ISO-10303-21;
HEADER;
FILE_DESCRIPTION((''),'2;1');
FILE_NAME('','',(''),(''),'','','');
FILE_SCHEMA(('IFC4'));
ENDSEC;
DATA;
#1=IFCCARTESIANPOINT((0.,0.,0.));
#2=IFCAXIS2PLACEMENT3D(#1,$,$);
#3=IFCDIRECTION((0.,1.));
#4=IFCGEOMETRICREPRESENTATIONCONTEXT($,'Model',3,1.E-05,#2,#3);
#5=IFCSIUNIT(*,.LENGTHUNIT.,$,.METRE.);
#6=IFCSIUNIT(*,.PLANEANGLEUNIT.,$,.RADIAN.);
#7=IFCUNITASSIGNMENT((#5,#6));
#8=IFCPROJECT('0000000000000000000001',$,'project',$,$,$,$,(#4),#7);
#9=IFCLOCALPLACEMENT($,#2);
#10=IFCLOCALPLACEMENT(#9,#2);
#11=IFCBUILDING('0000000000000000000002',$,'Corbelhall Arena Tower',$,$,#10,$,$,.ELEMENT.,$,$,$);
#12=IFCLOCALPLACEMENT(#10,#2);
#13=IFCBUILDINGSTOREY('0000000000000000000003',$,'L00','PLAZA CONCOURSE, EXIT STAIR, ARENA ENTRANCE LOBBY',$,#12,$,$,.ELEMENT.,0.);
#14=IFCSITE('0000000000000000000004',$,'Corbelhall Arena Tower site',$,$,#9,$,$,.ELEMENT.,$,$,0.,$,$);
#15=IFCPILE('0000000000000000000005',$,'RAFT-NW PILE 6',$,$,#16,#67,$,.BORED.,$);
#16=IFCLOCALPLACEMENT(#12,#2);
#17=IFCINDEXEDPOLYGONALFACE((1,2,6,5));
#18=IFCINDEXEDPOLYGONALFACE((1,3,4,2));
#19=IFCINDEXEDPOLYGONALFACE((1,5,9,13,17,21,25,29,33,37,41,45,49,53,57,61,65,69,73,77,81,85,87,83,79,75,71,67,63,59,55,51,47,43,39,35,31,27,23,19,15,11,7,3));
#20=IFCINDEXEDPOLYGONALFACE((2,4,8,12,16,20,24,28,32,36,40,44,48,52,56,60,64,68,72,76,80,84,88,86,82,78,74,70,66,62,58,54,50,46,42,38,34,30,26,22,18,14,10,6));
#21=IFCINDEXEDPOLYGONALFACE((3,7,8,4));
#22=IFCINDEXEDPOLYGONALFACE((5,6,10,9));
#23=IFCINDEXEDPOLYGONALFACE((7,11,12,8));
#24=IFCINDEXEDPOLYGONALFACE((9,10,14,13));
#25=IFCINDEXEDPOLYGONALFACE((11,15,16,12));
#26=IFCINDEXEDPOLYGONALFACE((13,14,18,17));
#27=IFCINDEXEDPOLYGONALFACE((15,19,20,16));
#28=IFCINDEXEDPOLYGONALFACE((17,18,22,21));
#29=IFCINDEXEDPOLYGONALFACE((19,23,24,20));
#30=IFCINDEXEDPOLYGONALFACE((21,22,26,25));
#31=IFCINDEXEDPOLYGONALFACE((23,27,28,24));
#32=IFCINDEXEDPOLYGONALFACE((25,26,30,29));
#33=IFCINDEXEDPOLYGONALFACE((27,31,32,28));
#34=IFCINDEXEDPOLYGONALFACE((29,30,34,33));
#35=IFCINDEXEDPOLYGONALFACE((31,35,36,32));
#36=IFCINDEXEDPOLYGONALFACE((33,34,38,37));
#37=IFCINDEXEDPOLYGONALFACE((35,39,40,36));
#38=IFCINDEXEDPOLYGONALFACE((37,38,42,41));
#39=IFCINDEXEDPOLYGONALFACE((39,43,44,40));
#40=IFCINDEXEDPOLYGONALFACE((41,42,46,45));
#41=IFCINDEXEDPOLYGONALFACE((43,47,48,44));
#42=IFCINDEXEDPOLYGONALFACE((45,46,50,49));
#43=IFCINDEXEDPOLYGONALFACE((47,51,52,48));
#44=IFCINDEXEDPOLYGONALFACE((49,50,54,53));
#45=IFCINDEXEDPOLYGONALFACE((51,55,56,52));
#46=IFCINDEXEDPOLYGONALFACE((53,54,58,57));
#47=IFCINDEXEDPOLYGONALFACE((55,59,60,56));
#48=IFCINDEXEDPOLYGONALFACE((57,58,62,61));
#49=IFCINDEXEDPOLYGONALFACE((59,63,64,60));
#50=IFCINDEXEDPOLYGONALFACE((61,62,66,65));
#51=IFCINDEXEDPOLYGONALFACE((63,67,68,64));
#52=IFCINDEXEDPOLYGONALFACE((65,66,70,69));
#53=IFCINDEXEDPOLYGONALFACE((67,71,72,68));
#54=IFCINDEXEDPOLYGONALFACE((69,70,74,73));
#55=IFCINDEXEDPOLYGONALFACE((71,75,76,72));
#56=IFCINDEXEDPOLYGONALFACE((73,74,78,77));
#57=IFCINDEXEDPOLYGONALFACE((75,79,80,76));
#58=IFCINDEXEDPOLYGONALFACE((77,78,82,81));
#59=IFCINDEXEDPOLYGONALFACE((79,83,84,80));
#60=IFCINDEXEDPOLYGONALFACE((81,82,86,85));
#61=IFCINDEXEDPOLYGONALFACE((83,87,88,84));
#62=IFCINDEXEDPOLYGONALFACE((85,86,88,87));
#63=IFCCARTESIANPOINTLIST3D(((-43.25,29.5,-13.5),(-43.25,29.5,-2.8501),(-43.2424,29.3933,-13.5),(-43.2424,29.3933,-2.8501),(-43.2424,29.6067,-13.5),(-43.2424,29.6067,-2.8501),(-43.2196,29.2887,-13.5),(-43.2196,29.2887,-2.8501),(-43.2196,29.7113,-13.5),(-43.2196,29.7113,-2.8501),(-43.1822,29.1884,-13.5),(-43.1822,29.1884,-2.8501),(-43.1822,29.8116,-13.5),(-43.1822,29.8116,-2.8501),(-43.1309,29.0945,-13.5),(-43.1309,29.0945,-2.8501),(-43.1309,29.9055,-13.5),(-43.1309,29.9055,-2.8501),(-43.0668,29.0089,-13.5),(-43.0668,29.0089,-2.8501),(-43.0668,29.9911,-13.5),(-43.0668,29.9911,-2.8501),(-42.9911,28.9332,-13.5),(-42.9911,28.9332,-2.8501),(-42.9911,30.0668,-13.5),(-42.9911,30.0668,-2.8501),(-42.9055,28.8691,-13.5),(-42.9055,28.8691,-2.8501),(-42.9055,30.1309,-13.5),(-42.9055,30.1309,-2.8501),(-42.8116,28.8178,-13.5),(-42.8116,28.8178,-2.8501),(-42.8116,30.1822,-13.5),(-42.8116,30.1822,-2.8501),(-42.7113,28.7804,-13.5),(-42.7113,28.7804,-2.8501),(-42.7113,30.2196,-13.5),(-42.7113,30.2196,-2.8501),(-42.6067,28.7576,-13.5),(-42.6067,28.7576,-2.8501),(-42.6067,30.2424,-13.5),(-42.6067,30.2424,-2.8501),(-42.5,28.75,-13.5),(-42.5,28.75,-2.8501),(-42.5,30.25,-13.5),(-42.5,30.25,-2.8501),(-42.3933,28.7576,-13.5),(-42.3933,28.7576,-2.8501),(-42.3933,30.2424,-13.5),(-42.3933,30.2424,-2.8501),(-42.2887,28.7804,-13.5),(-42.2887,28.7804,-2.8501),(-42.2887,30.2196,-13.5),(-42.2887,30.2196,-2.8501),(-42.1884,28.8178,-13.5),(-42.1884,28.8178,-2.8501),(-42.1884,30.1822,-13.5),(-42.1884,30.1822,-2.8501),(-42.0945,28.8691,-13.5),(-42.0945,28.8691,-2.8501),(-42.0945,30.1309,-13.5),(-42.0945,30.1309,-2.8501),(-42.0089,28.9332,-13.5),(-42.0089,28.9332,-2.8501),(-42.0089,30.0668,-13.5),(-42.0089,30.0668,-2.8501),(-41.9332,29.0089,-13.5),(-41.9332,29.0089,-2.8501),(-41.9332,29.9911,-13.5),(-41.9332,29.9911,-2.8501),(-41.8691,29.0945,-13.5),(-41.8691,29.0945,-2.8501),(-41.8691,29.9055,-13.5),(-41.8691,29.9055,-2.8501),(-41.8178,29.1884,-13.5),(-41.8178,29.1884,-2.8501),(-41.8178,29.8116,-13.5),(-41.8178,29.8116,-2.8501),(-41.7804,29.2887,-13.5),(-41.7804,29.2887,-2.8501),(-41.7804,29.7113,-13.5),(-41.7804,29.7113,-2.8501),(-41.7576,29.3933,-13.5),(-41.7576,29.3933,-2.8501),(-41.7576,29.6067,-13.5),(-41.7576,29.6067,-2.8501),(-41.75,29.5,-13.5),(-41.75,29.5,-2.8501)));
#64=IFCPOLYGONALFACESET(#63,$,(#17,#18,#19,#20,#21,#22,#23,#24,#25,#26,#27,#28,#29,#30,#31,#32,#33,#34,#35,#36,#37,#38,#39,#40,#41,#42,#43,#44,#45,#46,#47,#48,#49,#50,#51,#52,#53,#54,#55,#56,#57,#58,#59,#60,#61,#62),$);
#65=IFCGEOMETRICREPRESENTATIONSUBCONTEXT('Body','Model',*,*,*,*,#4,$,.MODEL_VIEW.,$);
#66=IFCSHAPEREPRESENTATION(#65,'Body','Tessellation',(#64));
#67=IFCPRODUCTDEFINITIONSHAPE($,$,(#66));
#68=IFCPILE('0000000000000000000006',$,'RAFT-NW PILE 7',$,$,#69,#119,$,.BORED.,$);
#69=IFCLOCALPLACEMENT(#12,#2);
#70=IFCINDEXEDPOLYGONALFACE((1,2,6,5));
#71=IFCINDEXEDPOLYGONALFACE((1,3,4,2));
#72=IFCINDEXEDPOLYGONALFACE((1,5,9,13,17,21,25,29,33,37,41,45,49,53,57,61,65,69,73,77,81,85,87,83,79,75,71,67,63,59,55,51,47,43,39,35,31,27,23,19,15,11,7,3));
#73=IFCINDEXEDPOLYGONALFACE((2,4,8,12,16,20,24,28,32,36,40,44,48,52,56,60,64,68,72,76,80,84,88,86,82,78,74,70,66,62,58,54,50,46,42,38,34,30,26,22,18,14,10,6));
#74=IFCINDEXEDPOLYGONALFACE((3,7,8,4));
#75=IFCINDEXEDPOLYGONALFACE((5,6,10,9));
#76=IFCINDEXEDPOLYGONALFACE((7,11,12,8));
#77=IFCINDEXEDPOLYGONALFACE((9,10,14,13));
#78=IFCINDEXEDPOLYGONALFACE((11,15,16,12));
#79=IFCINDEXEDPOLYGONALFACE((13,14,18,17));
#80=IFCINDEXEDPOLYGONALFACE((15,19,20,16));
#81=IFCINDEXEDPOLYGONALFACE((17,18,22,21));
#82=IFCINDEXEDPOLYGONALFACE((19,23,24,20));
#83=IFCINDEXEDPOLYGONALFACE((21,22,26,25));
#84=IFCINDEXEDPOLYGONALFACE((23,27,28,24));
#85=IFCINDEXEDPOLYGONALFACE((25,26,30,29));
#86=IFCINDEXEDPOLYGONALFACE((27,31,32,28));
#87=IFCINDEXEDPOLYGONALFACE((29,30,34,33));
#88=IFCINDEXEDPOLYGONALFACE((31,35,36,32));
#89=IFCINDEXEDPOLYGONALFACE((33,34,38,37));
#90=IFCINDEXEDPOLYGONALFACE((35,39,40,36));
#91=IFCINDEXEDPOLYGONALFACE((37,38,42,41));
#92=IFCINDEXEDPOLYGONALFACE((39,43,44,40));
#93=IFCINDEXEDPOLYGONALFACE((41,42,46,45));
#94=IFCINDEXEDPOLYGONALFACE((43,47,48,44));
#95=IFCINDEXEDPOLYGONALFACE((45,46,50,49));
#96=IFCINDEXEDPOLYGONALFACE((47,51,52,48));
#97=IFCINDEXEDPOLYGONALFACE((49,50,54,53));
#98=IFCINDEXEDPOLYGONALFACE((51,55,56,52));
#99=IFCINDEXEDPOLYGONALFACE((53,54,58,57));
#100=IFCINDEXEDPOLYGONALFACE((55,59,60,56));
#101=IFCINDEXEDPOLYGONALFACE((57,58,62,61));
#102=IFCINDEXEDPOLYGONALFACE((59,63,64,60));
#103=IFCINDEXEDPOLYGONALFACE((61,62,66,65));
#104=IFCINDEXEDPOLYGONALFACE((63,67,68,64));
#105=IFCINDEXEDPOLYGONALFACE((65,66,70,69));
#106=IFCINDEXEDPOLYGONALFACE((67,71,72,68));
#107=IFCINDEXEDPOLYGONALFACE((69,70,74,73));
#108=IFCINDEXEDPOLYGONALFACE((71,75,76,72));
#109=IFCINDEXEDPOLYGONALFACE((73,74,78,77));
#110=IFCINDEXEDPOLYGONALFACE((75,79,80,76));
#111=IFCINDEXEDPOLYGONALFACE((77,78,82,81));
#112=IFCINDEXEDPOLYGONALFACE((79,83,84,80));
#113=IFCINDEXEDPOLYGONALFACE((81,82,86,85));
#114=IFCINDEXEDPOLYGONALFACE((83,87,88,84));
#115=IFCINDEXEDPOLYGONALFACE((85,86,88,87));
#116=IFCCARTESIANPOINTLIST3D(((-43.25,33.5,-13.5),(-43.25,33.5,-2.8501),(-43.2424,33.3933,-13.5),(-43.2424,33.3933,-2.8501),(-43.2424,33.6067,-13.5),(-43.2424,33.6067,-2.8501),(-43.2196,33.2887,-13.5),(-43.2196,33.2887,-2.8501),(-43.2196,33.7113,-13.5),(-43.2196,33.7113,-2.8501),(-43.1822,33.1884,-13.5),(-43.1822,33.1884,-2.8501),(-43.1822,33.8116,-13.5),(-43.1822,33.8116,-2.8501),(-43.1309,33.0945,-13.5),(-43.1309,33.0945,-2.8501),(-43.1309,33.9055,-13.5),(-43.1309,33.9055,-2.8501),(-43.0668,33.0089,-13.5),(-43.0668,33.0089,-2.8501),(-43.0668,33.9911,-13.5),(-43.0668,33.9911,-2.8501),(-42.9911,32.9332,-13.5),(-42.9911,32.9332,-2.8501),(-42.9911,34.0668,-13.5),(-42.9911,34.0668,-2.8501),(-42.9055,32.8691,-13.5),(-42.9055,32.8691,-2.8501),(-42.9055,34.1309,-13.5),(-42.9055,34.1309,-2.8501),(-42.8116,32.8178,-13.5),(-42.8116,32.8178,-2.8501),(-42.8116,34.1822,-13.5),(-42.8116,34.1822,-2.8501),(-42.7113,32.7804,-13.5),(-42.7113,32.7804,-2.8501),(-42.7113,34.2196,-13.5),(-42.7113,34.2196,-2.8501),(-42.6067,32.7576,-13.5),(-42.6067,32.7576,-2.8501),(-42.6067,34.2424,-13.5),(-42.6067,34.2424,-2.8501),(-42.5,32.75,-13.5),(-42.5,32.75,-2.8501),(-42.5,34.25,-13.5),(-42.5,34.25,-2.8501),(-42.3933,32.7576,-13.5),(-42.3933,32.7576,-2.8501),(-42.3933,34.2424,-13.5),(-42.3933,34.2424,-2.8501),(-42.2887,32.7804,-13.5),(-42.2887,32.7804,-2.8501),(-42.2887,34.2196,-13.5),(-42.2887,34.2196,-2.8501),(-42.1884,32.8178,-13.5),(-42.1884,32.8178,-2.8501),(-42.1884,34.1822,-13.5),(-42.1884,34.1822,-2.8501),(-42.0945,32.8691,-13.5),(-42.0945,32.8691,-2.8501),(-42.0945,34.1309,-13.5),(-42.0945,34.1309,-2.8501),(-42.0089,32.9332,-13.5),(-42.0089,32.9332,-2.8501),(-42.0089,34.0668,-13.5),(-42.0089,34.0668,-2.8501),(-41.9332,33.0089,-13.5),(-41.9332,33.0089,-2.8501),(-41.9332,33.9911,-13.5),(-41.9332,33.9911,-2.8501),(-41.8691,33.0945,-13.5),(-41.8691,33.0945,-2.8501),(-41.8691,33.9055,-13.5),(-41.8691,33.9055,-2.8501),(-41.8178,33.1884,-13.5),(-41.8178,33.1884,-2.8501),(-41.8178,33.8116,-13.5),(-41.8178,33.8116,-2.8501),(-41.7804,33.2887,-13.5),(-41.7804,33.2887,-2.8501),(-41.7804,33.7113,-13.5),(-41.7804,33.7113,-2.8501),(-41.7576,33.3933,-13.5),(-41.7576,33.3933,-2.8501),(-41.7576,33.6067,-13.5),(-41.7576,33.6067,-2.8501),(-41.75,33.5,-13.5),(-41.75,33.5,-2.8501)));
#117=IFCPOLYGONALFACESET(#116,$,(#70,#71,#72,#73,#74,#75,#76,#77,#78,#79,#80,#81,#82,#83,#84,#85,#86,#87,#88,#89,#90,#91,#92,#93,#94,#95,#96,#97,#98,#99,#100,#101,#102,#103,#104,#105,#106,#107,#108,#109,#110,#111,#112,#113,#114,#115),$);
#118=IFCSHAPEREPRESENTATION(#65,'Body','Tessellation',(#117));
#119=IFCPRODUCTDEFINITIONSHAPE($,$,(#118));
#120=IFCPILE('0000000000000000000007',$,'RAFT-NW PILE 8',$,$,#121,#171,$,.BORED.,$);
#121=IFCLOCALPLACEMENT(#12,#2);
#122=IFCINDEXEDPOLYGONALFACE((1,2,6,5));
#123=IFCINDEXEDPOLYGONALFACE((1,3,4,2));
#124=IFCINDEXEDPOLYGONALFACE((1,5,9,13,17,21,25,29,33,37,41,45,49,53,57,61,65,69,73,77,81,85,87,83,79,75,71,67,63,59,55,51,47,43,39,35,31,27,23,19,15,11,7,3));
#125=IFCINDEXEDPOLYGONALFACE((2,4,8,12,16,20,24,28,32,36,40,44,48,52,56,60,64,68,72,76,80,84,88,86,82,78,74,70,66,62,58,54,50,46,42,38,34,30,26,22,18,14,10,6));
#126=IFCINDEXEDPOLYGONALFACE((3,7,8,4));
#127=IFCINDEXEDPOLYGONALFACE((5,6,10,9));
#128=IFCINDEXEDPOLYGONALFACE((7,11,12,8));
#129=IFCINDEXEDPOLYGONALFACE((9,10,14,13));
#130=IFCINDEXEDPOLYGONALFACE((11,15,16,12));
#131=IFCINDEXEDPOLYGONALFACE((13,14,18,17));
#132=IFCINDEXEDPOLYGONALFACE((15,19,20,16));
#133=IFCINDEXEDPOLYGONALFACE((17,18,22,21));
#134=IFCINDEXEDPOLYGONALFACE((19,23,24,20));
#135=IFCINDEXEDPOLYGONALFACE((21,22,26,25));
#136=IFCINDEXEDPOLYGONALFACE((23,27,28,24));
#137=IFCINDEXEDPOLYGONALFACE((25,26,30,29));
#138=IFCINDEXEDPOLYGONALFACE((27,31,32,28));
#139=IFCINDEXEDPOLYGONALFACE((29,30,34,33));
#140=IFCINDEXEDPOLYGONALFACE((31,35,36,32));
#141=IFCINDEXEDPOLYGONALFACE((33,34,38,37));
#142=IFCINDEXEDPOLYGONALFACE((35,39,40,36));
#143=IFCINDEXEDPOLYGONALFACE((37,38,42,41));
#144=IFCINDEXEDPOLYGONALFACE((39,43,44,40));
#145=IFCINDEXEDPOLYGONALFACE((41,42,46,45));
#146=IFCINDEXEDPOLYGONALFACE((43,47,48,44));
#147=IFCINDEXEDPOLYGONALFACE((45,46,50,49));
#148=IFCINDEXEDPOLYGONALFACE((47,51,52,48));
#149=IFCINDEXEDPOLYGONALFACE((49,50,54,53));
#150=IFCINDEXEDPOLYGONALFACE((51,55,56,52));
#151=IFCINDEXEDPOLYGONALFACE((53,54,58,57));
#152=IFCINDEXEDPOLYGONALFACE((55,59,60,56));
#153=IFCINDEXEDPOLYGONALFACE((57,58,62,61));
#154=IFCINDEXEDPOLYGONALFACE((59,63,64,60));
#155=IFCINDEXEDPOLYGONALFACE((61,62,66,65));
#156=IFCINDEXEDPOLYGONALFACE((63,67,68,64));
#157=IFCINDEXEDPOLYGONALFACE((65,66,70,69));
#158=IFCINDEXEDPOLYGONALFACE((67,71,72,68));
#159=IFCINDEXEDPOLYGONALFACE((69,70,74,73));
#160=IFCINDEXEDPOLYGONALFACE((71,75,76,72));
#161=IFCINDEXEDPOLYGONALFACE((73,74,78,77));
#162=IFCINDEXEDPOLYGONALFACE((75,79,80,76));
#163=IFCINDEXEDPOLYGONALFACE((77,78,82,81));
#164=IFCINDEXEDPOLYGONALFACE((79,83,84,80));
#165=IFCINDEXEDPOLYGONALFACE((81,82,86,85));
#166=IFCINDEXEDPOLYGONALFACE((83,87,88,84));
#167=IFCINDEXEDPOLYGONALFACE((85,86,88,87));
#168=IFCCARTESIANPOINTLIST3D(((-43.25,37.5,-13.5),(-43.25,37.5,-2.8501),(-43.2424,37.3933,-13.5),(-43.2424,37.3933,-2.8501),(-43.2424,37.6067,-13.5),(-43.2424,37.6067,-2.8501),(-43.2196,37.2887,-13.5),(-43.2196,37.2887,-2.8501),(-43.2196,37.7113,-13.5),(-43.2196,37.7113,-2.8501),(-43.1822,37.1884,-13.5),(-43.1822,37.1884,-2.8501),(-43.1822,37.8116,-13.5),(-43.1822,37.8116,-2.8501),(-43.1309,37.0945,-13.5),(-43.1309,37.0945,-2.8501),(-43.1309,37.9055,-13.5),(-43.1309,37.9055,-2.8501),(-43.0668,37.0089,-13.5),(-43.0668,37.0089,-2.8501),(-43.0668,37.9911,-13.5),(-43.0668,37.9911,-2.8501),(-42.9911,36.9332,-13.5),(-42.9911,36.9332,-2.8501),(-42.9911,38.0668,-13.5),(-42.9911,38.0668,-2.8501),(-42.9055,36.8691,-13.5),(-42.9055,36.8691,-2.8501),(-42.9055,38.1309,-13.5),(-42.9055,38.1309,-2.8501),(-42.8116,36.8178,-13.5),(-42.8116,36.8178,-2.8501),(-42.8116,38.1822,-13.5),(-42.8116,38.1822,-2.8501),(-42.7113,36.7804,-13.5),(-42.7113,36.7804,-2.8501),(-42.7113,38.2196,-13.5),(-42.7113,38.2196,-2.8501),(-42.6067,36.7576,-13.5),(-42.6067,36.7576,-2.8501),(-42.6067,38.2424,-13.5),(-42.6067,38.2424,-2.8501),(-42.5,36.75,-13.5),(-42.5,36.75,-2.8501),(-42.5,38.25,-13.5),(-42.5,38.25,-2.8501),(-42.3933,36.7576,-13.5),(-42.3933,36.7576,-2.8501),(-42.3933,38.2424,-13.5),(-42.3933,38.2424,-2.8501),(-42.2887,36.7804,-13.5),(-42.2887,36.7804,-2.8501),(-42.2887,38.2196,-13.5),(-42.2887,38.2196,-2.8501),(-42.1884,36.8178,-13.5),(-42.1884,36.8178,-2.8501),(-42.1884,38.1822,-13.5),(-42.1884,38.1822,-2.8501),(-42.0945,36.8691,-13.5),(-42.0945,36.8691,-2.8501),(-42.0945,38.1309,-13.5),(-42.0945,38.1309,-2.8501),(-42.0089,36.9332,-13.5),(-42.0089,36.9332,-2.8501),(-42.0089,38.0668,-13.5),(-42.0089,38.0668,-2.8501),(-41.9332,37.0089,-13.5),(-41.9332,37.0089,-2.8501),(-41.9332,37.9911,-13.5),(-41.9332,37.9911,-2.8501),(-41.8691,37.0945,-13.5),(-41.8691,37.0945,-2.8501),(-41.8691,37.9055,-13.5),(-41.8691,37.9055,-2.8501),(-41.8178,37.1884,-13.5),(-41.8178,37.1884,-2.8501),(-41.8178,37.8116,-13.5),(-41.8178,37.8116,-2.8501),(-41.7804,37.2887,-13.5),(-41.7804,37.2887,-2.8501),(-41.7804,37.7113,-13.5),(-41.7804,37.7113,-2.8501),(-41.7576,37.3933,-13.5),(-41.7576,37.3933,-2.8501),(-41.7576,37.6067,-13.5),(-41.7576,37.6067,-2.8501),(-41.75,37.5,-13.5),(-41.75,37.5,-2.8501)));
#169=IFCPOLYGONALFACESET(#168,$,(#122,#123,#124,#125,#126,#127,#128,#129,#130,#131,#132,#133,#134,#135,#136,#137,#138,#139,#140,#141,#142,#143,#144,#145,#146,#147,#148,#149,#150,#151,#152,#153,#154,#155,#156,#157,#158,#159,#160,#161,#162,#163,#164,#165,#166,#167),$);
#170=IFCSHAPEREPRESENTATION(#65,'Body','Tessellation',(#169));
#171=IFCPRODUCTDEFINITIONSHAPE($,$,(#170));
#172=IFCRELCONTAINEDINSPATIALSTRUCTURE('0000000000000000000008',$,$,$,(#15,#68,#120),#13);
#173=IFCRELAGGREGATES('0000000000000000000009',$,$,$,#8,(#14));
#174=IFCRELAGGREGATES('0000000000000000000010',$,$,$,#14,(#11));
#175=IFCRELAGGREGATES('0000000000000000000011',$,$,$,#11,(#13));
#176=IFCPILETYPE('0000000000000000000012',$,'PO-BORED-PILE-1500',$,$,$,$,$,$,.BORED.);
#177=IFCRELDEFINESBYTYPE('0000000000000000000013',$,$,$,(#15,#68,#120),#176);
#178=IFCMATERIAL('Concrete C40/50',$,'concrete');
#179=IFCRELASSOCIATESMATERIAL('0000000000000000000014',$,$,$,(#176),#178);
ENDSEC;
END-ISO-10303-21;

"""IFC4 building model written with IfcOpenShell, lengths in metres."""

from ifc_helpers import new_model, si_unit, direction, frame, origin, origin_2d, place, context, subcontext, project, spatial, circle, extrude, material, material_profile, profile_set, type_object, element, save


model = new_model("IFC4")

# Units and contexts
model_context = context("Model", 3, precision=1e-05, world=origin(), true_north=direction((0.0, 1.0)))
body_context = subcontext(model_context, "Body", "Model", "MODEL_VIEW")
ifc_project = project(units=[si_unit("LENGTHUNIT", "METRE"), si_unit("PLANEANGLEUNIT", "RADIAN")], contexts=[model_context])

# Site, building, storey
site_placement = place(None, origin())
site = spatial("IfcSite", under=ifc_project, at=site_placement, Name="Corbelhall Arena Tower site", CompositionType="ELEMENT", RefElevation=0.0)
building_placement = place(site_placement, origin())
building = spatial("IfcBuilding", under=site, at=building_placement, Name="Corbelhall Arena Tower", CompositionType="ELEMENT")
storey_placement = place(building_placement, origin())
storey = spatial("IfcBuildingStorey", under=building, at=storey_placement, Name="L00", Description="PLAZA CONCOURSE, EXIT STAIR, ARENA ENTRANCE LOBBY", CompositionType="ELEMENT", Elevation=0.0)

# Piles
ifc_material_1 = material(Name="Concrete C40/50", Category="concrete")
ifc_material_profile = material_profile(ifc_material_1, circle(Radius=0.75, at=origin_2d()))
ifc_profile_set = profile_set([ifc_material_profile], Name="Concrete C40/50")
pile_type = type_object("IfcPileType", Name="PO-BORED-PILE-1500", PredefinedType="BORED", material=ifc_profile_set)
for number, where, z_axis, x_axis, name in (
    (1, (-42.5, 29.5, -2.8501), (0.0, 0.0, -1.0), (1.0, 0.0, 0.0), "RAFT-NW PILE 6"),
    (2, (-42.5, 33.5, -2.8501), (0.0, 0.0, -1.0), (1.0, 0.0, 0.0), "RAFT-NW PILE 7"),
    (3, (-42.5, 37.5, -2.8501), (0.0, 0.0, -1.0), (1.0, 0.0, 0.0), "RAFT-NW PILE 8"),
):
    element("IfcPile", number, at=place(storey_placement, frame(where, z_axis=z_axis, x_axis=x_axis)), inside=storey, type_object=pile_type, Name=name, PredefinedType="BORED", context=body_context, shape_type="SweptSolid", body=[
        extrude(circle(Radius=0.75, at=origin_2d()), origin(), (0.0, 0.0, 1.0), 10.6499),
    ])

save(model, "model.ifc")
